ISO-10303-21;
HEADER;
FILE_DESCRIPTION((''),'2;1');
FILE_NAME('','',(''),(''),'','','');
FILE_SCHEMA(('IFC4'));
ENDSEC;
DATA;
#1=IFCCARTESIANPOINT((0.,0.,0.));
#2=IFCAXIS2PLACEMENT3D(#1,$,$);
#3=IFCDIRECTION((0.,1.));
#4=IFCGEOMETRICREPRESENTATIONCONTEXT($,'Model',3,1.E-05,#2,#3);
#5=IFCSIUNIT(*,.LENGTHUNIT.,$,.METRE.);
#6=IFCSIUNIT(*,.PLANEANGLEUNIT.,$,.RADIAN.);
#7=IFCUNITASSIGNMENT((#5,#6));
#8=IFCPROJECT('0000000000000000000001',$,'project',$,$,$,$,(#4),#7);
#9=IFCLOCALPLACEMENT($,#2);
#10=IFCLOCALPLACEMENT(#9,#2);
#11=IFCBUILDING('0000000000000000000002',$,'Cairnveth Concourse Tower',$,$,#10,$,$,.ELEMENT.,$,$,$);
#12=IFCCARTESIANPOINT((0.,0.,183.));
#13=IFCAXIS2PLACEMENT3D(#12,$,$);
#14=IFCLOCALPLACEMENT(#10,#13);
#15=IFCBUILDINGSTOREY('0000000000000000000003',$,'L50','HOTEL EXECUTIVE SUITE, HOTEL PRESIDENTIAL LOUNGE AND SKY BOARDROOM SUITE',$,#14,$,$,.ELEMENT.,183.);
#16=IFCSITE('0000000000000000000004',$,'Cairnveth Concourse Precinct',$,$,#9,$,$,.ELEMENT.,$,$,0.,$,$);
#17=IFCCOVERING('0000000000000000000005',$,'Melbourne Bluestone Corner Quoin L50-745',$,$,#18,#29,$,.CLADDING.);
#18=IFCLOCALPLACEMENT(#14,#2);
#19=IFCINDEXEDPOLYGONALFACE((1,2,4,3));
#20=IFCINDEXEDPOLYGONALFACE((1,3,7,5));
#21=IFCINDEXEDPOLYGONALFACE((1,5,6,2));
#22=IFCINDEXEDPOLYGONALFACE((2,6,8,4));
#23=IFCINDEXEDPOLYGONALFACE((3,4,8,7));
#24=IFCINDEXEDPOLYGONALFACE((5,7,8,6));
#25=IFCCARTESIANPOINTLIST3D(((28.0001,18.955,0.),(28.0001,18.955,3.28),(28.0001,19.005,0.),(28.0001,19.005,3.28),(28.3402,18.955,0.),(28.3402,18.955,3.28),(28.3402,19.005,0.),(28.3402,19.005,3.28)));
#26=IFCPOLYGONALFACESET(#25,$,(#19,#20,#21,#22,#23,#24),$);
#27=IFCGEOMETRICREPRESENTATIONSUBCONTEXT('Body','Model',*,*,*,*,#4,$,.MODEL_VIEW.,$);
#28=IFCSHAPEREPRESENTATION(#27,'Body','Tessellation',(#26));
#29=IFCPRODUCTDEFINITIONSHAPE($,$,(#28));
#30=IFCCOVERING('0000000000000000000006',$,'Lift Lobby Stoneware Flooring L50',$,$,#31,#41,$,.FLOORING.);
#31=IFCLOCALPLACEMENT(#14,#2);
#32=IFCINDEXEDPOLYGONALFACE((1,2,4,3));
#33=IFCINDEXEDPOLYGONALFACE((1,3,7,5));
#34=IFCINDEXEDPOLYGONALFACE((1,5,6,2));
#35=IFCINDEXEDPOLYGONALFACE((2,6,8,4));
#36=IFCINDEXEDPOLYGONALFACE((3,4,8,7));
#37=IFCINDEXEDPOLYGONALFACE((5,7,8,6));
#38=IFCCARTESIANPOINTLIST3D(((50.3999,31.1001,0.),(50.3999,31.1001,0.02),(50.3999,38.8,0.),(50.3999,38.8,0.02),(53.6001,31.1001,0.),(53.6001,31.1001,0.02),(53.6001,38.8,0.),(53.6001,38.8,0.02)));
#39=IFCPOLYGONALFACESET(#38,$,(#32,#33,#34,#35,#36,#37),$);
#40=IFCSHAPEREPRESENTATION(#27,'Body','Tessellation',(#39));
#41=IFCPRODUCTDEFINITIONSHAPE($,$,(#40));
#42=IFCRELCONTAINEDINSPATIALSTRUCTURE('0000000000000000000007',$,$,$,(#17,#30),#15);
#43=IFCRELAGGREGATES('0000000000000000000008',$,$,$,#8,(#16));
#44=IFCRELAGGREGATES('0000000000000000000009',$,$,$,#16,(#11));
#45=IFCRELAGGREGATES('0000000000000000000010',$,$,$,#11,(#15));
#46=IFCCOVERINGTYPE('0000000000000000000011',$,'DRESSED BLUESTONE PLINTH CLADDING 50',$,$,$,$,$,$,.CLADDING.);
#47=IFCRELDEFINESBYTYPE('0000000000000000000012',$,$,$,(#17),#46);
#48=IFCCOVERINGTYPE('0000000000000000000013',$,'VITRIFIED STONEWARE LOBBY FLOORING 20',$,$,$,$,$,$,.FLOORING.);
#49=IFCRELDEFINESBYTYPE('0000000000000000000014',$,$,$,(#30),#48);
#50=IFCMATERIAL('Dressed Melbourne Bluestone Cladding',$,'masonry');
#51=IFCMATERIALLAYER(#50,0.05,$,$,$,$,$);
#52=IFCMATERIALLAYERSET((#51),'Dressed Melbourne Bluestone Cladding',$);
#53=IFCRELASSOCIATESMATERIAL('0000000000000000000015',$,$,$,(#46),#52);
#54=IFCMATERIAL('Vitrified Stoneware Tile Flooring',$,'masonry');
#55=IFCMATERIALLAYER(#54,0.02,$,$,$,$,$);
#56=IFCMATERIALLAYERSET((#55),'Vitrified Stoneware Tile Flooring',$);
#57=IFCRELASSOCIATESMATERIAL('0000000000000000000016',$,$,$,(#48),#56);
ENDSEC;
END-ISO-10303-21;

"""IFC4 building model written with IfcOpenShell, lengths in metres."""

from ifc_helpers import new_model, si_unit, direction, frame, frame_2d, origin, place, context, subcontext, project, spatial, polyline, rectangle, outline, extrude, material, layer, layer_set, type_object, element, save


model = new_model("IFC4")

# Units and contexts
model_context = context("Model", 3, precision=1e-05, world=origin(), true_north=direction((0.0, 1.0)))
body_context = subcontext(model_context, "Body", "Model", "MODEL_VIEW")
ifc_project = project(units=[si_unit("LENGTHUNIT", "METRE"), si_unit("PLANEANGLEUNIT", "RADIAN")], contexts=[model_context])

# Site, building, storey
site_placement = place(None, origin())
site = spatial("IfcSite", under=ifc_project, at=site_placement, Name="Cairnveth Concourse Precinct", CompositionType="ELEMENT", RefElevation=0.0)
building_placement = place(site_placement, origin())
building = spatial("IfcBuilding", under=site, at=building_placement, Name="Cairnveth Concourse Tower", CompositionType="ELEMENT")
storey_placement = place(building_placement, frame((0.0, 0.0, 183.0)))
storey = spatial("IfcBuildingStorey", under=building, at=storey_placement, Name="L50", Description="HOTEL EXECUTIVE SUITE, HOTEL PRESIDENTIAL LOUNGE AND SKY BOARDROOM SUITE", CompositionType="ELEMENT", Elevation=183.0)

# Coverings
ifc_material_1 = material(Name="Dressed Melbourne Bluestone Cladding", Category="masonry")
ifc_layer_1 = layer(ifc_material_1, 0.05)
ifc_layer_set_1 = layer_set([ifc_layer_1], Name="Dressed Melbourne Bluestone Cladding")
covering_type_1 = type_object("IfcCoveringType", Name="DRESSED BLUESTONE PLINTH CLADDING 50", PredefinedType="CLADDING", material=ifc_layer_set_1)
for number, where, z_axis, x_axis, name in (
    (1, (28.3401, 18.98, 0.0), (0.0, 0.0, 1.0), (-1.0, 0.0, 0.0), "Melbourne Bluestone Corner Quoin L50-745"),
):
    element("IfcCovering", number, at=place(storey_placement, frame(where, z_axis=z_axis, x_axis=x_axis)), inside=storey, type_object=covering_type_1, Name=name, PredefinedType="CLADDING", context=body_context, shape_type="SweptSolid", body=[
        extrude(rectangle(XDim=0.3401, YDim=0.05, at=frame_2d((0.1699, 0.0))), origin(), (0.0, 0.0, 1.0), 3.28),
    ])
ifc_material_2 = material(Name="Vitrified Stoneware Tile Flooring", Category="masonry")
ifc_layer_2 = layer(ifc_material_2, 0.02)
ifc_layer_set_2 = layer_set([ifc_layer_2], Name="Vitrified Stoneware Tile Flooring")
covering_type_2 = type_object("IfcCoveringType", Name="VITRIFIED STONEWARE LOBBY FLOORING 20", PredefinedType="FLOORING", material=ifc_layer_set_2)
covering_1_placement = place(storey_placement, origin())
element("IfcCovering", 2, at=covering_1_placement, inside=storey, type_object=covering_type_2, Name="Lift Lobby Stoneware Flooring L50", PredefinedType="FLOORING", context=body_context, shape_type="SweptSolid", body=[
    extrude(outline(polyline([(50.3999, 31.1001), (53.6001, 31.1001), (53.6001, 38.8), (50.3999, 38.8), (50.3999, 31.1001)])), origin(), (0.0, 0.0, 1.0), 0.02),
])

save(model, "model.ifc")
